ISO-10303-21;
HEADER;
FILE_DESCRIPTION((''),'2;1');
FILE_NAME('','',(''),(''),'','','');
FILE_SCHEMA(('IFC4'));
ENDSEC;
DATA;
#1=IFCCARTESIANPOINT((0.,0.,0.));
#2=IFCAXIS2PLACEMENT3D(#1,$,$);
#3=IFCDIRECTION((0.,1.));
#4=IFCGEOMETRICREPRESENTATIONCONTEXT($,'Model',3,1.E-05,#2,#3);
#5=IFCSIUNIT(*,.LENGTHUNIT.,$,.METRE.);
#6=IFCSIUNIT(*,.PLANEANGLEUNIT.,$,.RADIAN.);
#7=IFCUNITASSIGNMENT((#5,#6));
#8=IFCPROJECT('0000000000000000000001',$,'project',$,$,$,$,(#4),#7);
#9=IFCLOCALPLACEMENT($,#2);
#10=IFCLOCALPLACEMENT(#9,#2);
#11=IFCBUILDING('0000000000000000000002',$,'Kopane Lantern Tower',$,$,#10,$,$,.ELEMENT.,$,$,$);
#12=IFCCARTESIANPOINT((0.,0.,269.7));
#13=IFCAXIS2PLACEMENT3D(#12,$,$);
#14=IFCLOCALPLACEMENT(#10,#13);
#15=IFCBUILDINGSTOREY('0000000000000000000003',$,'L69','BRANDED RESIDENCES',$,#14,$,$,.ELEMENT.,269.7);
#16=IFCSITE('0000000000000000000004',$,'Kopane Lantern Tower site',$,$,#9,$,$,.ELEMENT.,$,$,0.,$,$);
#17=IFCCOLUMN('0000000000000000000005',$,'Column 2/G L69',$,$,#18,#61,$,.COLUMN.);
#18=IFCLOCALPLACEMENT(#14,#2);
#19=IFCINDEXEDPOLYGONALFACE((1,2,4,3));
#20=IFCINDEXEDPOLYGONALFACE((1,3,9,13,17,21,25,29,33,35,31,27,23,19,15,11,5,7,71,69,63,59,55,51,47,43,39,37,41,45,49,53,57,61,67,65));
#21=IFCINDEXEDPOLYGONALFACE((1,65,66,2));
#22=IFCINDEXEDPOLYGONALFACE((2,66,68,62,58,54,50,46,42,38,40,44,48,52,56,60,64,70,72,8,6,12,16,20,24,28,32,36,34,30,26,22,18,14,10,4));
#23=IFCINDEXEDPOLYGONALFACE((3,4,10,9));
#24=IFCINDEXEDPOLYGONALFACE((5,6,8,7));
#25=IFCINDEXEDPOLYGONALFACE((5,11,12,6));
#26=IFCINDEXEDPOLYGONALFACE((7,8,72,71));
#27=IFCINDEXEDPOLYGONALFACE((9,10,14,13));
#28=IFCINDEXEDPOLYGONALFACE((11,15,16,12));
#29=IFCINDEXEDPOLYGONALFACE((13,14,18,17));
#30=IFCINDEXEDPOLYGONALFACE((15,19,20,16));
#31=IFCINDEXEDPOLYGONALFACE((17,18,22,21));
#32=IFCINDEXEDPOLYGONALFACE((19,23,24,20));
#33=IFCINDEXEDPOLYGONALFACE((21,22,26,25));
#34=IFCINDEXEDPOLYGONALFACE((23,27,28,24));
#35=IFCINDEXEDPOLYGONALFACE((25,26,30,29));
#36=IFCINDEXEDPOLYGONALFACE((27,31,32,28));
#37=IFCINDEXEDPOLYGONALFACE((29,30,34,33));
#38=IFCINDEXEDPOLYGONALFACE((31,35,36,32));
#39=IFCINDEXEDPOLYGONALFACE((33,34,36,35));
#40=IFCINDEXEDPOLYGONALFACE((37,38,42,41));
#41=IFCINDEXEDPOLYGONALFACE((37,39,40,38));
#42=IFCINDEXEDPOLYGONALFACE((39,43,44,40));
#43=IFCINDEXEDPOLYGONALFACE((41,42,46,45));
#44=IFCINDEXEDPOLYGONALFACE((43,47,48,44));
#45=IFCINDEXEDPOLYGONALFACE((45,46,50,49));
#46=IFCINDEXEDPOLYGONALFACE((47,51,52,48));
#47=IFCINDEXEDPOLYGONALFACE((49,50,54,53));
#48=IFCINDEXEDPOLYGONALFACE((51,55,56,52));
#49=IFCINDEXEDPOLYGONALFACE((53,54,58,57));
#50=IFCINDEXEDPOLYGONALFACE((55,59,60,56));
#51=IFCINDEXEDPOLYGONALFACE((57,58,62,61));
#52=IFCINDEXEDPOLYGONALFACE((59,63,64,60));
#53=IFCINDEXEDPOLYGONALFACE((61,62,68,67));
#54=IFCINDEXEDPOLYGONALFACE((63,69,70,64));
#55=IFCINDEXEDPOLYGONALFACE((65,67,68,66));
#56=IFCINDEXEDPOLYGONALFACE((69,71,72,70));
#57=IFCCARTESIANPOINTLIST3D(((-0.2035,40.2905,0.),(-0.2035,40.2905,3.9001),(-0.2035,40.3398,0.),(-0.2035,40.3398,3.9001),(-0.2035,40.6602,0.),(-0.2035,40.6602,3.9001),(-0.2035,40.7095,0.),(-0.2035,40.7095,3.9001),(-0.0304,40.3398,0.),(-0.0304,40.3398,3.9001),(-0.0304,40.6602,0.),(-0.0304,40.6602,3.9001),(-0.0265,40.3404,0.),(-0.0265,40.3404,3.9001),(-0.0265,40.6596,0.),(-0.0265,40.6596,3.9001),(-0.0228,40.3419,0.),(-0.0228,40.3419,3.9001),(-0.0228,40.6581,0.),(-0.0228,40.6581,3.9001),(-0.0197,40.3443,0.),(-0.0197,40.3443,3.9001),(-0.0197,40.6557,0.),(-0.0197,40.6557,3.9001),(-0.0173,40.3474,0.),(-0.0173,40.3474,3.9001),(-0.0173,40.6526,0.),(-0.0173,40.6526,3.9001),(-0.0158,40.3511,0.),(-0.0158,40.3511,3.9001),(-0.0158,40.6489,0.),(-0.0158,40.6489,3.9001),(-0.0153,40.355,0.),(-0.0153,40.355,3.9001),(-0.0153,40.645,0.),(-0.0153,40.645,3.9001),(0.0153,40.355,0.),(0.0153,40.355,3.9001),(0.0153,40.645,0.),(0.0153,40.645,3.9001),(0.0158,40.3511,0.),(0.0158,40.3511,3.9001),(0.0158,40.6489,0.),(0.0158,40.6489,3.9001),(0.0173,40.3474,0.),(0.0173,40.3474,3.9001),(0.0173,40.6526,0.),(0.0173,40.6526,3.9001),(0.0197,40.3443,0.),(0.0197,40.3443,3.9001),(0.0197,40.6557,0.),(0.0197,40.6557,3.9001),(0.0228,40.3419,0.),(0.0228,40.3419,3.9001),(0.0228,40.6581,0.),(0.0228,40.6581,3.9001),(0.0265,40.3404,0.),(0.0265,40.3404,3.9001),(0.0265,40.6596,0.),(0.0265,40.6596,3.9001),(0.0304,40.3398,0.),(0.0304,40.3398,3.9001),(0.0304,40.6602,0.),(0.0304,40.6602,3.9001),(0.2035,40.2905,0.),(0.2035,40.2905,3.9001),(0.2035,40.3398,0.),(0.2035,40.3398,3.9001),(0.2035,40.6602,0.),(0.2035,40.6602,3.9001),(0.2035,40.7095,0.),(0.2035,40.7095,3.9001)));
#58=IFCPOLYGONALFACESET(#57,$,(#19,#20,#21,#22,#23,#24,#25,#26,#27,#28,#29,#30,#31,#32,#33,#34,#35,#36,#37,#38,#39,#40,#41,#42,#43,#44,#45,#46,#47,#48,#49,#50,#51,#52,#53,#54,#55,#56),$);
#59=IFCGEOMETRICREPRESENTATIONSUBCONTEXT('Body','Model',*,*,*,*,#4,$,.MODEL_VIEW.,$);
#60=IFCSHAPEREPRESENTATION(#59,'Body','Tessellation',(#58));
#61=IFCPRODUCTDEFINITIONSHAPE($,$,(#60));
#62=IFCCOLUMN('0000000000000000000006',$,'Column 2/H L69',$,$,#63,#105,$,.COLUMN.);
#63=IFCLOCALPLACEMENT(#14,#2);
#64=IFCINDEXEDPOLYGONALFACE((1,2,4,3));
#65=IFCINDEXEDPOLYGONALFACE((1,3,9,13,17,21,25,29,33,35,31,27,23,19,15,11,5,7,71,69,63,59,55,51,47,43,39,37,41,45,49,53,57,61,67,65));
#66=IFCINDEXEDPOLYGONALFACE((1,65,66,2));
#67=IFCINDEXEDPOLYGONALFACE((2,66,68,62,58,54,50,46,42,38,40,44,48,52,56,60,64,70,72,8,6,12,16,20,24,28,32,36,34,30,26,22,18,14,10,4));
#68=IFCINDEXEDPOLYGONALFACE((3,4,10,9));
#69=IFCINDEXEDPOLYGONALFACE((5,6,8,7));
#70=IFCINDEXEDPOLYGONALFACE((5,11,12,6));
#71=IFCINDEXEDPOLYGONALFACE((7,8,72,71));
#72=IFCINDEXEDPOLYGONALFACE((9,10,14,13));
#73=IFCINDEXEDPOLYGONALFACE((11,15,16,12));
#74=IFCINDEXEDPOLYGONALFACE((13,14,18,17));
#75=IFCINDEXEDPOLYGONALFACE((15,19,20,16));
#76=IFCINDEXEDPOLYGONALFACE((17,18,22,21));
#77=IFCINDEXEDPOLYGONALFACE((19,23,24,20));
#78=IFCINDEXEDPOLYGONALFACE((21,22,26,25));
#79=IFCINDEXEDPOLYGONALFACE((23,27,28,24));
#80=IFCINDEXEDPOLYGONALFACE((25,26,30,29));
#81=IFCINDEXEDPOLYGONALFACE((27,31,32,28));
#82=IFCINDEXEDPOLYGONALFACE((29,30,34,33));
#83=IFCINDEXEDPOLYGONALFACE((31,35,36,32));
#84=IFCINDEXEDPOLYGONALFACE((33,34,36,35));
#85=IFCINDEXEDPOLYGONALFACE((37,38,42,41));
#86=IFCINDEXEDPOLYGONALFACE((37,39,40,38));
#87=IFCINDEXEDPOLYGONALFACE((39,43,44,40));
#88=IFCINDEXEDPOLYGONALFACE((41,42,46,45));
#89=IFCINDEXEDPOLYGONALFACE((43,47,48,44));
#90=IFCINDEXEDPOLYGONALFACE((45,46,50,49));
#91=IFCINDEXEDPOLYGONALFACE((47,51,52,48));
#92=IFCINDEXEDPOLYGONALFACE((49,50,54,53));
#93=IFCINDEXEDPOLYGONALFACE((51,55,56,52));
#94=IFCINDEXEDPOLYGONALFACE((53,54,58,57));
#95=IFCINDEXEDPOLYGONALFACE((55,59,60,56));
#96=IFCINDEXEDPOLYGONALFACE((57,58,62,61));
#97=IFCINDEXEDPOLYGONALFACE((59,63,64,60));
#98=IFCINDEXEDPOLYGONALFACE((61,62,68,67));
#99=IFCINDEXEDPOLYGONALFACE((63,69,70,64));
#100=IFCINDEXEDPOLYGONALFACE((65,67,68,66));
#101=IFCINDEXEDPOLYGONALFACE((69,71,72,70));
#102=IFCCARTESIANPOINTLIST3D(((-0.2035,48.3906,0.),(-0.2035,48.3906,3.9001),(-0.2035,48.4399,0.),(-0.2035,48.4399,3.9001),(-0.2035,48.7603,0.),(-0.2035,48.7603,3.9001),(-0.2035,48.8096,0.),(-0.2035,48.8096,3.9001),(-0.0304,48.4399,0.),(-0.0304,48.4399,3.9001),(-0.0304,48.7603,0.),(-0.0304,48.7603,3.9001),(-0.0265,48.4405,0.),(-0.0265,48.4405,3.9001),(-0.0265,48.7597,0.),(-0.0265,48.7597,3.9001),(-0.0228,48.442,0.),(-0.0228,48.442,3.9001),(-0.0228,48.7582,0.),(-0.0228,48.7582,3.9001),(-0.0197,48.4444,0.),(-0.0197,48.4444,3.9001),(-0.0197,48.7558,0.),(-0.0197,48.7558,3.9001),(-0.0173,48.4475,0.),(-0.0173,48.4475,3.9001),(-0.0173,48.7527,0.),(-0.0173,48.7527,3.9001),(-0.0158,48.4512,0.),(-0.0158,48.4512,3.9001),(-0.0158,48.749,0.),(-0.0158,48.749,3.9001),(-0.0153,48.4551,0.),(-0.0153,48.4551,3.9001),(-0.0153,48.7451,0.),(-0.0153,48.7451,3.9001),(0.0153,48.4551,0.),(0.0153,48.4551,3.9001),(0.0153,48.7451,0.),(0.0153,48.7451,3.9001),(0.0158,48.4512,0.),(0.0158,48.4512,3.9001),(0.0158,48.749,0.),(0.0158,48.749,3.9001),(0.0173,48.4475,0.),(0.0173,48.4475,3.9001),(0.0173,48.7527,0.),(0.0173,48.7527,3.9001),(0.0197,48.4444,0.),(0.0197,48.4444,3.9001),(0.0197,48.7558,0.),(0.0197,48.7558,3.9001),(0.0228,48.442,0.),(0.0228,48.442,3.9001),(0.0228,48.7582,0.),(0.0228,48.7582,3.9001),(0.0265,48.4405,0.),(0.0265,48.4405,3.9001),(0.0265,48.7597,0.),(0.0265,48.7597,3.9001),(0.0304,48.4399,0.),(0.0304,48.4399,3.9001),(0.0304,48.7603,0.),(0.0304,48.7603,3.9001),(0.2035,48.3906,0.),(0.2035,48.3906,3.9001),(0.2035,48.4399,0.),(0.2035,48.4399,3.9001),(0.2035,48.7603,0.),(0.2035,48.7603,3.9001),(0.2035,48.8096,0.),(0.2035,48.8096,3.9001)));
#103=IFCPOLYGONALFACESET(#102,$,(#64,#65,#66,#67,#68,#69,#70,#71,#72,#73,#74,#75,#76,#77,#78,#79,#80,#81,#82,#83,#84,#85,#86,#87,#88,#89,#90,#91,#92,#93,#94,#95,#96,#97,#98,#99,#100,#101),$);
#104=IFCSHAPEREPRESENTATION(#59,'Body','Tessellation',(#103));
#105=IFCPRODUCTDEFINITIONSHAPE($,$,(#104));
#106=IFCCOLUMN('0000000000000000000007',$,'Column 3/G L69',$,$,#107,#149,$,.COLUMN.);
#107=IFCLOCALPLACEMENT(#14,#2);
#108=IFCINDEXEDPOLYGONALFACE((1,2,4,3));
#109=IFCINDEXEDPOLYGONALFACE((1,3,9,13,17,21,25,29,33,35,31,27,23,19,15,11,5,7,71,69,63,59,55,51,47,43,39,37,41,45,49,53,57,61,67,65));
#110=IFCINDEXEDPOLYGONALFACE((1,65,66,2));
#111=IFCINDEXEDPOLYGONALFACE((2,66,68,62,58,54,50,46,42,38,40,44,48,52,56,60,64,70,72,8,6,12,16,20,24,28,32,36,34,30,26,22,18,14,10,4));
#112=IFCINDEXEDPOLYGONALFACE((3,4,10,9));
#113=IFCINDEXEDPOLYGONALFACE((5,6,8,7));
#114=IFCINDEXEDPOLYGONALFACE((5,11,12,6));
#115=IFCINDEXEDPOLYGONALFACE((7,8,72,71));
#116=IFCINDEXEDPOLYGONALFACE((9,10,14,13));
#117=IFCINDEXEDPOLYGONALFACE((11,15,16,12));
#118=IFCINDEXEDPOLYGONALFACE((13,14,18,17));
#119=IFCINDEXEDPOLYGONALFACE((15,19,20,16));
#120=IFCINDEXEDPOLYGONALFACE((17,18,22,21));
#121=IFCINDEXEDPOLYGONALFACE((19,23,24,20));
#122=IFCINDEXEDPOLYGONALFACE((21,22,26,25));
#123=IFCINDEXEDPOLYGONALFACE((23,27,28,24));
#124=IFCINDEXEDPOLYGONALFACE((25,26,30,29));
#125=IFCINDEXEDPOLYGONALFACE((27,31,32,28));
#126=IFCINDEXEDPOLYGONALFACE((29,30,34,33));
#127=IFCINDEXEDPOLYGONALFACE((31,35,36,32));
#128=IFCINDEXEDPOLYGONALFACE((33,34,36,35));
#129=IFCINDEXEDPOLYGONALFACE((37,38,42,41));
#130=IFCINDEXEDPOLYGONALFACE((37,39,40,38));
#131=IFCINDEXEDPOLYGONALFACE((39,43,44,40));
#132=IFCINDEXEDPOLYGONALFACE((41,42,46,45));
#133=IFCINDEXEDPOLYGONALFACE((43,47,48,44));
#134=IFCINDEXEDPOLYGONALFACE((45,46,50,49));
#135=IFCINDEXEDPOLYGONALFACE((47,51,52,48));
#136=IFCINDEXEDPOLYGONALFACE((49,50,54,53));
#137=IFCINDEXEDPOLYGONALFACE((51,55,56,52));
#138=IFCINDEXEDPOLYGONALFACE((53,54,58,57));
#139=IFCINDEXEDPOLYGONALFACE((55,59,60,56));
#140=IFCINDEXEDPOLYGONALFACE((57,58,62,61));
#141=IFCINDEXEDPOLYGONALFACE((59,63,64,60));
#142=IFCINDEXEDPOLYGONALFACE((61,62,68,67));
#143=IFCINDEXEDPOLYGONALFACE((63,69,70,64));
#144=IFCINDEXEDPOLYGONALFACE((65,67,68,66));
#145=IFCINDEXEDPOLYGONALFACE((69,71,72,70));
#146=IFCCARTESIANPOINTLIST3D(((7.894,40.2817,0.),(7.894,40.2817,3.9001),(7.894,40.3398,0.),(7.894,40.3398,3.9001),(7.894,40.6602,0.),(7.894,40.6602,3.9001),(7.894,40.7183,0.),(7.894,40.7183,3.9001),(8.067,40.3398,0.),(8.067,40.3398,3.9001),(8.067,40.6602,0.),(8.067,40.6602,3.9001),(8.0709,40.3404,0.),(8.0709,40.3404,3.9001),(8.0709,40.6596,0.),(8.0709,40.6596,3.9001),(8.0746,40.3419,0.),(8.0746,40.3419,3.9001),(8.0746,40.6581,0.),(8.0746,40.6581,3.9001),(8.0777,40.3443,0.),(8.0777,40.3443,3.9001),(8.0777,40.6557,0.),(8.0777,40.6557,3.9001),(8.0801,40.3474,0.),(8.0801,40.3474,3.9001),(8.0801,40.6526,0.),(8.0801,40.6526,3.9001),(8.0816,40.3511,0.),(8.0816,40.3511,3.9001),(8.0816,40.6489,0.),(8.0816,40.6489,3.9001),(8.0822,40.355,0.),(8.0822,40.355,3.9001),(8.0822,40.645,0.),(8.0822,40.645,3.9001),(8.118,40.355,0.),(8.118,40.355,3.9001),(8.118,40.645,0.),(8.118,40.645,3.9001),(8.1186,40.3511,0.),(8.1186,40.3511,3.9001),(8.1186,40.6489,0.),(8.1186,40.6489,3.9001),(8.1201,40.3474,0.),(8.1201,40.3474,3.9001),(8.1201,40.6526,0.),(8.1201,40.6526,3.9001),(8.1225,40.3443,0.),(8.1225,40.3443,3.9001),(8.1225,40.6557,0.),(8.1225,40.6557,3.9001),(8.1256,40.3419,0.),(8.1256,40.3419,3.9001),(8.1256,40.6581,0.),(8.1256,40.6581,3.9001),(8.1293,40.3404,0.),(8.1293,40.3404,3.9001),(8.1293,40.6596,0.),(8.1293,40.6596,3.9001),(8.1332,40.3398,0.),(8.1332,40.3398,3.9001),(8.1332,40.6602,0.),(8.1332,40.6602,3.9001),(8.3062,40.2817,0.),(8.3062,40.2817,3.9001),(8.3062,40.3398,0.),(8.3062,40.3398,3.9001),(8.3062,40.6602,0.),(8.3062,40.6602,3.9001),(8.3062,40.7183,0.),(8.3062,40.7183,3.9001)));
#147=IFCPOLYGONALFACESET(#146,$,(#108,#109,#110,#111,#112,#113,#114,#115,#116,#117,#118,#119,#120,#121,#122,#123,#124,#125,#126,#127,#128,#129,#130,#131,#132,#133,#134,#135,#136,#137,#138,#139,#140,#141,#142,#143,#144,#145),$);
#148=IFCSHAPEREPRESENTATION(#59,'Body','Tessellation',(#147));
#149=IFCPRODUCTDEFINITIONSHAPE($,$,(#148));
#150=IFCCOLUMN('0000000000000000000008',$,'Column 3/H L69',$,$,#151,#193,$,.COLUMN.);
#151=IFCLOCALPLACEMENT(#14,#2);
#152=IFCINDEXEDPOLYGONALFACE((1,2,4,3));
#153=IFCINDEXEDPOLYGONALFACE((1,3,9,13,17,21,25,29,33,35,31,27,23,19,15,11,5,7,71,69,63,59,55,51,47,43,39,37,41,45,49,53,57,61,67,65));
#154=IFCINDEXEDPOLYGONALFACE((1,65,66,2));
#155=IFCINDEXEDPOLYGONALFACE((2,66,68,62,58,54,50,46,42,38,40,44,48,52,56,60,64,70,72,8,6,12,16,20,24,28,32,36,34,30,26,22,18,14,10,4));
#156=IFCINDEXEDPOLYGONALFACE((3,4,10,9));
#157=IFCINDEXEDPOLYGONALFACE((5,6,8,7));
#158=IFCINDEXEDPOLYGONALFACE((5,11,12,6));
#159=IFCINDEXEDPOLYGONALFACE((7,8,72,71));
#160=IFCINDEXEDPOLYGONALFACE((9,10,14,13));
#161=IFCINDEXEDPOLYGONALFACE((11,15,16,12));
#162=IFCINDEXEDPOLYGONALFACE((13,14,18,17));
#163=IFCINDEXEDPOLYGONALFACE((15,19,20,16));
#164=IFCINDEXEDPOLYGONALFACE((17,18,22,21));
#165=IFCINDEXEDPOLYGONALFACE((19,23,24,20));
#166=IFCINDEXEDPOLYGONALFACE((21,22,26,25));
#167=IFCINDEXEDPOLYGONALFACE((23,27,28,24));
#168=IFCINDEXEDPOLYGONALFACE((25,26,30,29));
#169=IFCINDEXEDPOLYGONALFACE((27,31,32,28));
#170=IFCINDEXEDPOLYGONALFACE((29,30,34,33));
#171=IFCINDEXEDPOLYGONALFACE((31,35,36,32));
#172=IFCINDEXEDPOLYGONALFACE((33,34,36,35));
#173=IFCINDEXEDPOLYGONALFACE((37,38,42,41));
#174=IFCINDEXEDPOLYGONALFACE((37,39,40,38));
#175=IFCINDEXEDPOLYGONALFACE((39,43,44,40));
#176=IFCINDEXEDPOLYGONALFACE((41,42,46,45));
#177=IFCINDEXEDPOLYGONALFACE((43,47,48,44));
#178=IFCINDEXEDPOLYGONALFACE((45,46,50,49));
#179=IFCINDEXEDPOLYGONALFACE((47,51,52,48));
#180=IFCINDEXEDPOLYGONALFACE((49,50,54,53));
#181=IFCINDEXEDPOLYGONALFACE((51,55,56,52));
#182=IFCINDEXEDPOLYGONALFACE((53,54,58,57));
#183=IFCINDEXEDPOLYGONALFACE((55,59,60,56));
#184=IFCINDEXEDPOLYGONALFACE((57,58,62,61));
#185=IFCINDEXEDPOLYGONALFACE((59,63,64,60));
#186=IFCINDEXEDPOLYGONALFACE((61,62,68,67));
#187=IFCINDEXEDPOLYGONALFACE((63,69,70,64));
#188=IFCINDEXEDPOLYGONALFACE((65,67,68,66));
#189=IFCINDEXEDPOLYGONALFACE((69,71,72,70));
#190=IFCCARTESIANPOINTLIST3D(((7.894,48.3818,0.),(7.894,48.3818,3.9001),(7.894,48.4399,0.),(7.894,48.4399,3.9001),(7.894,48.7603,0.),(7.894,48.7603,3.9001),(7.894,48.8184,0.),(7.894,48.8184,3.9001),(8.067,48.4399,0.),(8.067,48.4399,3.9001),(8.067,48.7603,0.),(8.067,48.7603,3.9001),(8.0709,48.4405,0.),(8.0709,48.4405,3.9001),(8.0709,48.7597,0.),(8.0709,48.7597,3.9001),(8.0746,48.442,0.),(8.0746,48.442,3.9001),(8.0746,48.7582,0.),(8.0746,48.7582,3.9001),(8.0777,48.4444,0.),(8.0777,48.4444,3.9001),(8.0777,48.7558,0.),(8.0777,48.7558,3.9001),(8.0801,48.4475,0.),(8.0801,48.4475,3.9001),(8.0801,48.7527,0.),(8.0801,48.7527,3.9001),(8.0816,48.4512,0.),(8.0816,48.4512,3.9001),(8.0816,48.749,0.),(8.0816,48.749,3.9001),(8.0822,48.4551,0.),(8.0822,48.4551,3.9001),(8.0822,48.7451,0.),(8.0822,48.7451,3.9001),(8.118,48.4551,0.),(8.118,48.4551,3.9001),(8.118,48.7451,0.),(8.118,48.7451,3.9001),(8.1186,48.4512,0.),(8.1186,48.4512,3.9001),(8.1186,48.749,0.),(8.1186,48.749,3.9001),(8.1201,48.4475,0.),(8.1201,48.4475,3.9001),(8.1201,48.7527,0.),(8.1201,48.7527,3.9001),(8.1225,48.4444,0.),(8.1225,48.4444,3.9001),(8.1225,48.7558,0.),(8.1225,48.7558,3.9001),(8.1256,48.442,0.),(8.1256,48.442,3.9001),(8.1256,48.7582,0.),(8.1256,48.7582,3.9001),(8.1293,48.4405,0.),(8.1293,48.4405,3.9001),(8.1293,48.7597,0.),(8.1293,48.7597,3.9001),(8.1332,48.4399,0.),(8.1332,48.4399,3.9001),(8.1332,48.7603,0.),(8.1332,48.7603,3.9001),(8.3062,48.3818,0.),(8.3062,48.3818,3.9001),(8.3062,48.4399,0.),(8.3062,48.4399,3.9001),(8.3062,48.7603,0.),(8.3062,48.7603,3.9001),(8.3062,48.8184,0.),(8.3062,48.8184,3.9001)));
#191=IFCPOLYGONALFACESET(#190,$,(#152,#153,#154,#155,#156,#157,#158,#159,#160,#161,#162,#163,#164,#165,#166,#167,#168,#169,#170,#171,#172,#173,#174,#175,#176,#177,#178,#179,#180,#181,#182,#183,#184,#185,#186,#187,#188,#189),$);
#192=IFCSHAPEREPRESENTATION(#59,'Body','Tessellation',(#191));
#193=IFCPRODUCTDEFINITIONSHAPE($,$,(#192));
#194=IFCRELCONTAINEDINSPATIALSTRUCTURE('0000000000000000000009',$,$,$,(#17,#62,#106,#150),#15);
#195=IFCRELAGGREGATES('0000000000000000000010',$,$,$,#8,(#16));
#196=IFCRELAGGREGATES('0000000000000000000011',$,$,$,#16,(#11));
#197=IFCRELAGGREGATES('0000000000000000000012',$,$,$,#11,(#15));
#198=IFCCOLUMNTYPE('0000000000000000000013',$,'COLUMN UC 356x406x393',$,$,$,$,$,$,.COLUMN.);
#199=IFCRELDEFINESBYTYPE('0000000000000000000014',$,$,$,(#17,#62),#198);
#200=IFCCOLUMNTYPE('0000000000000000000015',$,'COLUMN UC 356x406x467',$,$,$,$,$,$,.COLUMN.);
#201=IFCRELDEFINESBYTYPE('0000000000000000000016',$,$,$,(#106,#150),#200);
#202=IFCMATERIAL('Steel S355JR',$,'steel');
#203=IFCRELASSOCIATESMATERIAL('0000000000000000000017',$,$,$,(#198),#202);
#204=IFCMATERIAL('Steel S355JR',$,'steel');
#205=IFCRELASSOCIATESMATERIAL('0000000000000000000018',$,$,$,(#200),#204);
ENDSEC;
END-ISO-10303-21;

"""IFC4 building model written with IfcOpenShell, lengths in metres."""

from ifc_helpers import new_model, si_unit, direction, frame, origin, origin_2d, place, context, subcontext, project, spatial, i_section, extrude, material, material_profile, profile_set, type_object, element, save


model = new_model("IFC4")

# Units and contexts
model_context = context("Model", 3, precision=1e-05, world=origin(), true_north=direction((0.0, 1.0)))
body_context = subcontext(model_context, "Body", "Model", "MODEL_VIEW")
ifc_project = project(units=[si_unit("LENGTHUNIT", "METRE"), si_unit("PLANEANGLEUNIT", "RADIAN")], contexts=[model_context])

# Site, building, storey
site_placement = place(None, origin())
site = spatial("IfcSite", under=ifc_project, at=site_placement, Name="Kopane Lantern Tower site", CompositionType="ELEMENT", RefElevation=0.0)
building_placement = place(site_placement, origin())
building = spatial("IfcBuilding", under=site, at=building_placement, Name="Kopane Lantern Tower", CompositionType="ELEMENT")
storey_placement = place(building_placement, frame((0.0, 0.0, 269.7)))
storey = spatial("IfcBuildingStorey", under=building, at=storey_placement, Name="L69", Description="BRANDED RESIDENCES", CompositionType="ELEMENT", Elevation=269.7)

# Columns
ifc_material_1 = material(Name="Steel S355JR", Category="steel")
ifc_material_profile_1 = material_profile(ifc_material_1, i_section(OverallWidth=0.407, OverallDepth=0.4189, WebThickness=0.0305, FlangeThickness=0.0493, FilletRadius=0.0151, at=origin_2d()), Name="UC 356x406x393")
ifc_profile_set_1 = profile_set([ifc_material_profile_1], Name="Steel S355JR")
column_type_1 = type_object("IfcColumnType", Name="COLUMN UC 356x406x393", PredefinedType="COLUMN", material=ifc_profile_set_1)
for number, where, z_axis, x_axis, name in (
    (1, (0.0, 40.5, 0.0), (0.0, 0.0, 1.0), (1.0, 0.0, 0.0), "Column 2/G L69"),
    (2, (0.0, 48.6001, 0.0), (0.0, 0.0, 1.0), (1.0, 0.0, 0.0), "Column 2/H L69"),
):
    element("IfcColumn", number, at=place(storey_placement, frame(where, z_axis=z_axis, x_axis=x_axis)), inside=storey, type_object=column_type_1, Name=name, PredefinedType="COLUMN", context=body_context, shape_type="SweptSolid", body=[
        extrude(i_section(OverallWidth=0.407, OverallDepth=0.4189, WebThickness=0.0305, FlangeThickness=0.0493, FilletRadius=0.0151, at=origin_2d()), origin(), (0.0, 0.0, 1.0), 3.9001),
    ])
ifc_material_2 = material(Name="Steel S355JR", Category="steel")
ifc_material_profile_2 = material_profile(ifc_material_2, i_section(OverallWidth=0.4121, OverallDepth=0.4365, WebThickness=0.0359, FlangeThickness=0.0581, FilletRadius=0.0151, at=origin_2d()), Name="UC 356x406x467")
ifc_profile_set_2 = profile_set([ifc_material_profile_2], Name="Steel S355JR")
column_type_2 = type_object("IfcColumnType", Name="COLUMN UC 356x406x467", PredefinedType="COLUMN", material=ifc_profile_set_2)
for number, where, z_axis, x_axis, name in (
    (3, (8.1001, 40.5, 0.0), (0.0, 0.0, 1.0), (1.0, 0.0, 0.0), "Column 3/G L69"),
    (4, (8.1001, 48.6001, 0.0), (0.0, 0.0, 1.0), (1.0, 0.0, 0.0), "Column 3/H L69"),
):
    element("IfcColumn", number, at=place(storey_placement, frame(where, z_axis=z_axis, x_axis=x_axis)), inside=storey, type_object=column_type_2, Name=name, PredefinedType="COLUMN", context=body_context, shape_type="SweptSolid", body=[
        extrude(i_section(OverallWidth=0.4121, OverallDepth=0.4365, WebThickness=0.0359, FlangeThickness=0.0581, FilletRadius=0.0151, at=origin_2d()), origin(), (0.0, 0.0, 1.0), 3.9001),
    ])

save(model, "model.ifc")
